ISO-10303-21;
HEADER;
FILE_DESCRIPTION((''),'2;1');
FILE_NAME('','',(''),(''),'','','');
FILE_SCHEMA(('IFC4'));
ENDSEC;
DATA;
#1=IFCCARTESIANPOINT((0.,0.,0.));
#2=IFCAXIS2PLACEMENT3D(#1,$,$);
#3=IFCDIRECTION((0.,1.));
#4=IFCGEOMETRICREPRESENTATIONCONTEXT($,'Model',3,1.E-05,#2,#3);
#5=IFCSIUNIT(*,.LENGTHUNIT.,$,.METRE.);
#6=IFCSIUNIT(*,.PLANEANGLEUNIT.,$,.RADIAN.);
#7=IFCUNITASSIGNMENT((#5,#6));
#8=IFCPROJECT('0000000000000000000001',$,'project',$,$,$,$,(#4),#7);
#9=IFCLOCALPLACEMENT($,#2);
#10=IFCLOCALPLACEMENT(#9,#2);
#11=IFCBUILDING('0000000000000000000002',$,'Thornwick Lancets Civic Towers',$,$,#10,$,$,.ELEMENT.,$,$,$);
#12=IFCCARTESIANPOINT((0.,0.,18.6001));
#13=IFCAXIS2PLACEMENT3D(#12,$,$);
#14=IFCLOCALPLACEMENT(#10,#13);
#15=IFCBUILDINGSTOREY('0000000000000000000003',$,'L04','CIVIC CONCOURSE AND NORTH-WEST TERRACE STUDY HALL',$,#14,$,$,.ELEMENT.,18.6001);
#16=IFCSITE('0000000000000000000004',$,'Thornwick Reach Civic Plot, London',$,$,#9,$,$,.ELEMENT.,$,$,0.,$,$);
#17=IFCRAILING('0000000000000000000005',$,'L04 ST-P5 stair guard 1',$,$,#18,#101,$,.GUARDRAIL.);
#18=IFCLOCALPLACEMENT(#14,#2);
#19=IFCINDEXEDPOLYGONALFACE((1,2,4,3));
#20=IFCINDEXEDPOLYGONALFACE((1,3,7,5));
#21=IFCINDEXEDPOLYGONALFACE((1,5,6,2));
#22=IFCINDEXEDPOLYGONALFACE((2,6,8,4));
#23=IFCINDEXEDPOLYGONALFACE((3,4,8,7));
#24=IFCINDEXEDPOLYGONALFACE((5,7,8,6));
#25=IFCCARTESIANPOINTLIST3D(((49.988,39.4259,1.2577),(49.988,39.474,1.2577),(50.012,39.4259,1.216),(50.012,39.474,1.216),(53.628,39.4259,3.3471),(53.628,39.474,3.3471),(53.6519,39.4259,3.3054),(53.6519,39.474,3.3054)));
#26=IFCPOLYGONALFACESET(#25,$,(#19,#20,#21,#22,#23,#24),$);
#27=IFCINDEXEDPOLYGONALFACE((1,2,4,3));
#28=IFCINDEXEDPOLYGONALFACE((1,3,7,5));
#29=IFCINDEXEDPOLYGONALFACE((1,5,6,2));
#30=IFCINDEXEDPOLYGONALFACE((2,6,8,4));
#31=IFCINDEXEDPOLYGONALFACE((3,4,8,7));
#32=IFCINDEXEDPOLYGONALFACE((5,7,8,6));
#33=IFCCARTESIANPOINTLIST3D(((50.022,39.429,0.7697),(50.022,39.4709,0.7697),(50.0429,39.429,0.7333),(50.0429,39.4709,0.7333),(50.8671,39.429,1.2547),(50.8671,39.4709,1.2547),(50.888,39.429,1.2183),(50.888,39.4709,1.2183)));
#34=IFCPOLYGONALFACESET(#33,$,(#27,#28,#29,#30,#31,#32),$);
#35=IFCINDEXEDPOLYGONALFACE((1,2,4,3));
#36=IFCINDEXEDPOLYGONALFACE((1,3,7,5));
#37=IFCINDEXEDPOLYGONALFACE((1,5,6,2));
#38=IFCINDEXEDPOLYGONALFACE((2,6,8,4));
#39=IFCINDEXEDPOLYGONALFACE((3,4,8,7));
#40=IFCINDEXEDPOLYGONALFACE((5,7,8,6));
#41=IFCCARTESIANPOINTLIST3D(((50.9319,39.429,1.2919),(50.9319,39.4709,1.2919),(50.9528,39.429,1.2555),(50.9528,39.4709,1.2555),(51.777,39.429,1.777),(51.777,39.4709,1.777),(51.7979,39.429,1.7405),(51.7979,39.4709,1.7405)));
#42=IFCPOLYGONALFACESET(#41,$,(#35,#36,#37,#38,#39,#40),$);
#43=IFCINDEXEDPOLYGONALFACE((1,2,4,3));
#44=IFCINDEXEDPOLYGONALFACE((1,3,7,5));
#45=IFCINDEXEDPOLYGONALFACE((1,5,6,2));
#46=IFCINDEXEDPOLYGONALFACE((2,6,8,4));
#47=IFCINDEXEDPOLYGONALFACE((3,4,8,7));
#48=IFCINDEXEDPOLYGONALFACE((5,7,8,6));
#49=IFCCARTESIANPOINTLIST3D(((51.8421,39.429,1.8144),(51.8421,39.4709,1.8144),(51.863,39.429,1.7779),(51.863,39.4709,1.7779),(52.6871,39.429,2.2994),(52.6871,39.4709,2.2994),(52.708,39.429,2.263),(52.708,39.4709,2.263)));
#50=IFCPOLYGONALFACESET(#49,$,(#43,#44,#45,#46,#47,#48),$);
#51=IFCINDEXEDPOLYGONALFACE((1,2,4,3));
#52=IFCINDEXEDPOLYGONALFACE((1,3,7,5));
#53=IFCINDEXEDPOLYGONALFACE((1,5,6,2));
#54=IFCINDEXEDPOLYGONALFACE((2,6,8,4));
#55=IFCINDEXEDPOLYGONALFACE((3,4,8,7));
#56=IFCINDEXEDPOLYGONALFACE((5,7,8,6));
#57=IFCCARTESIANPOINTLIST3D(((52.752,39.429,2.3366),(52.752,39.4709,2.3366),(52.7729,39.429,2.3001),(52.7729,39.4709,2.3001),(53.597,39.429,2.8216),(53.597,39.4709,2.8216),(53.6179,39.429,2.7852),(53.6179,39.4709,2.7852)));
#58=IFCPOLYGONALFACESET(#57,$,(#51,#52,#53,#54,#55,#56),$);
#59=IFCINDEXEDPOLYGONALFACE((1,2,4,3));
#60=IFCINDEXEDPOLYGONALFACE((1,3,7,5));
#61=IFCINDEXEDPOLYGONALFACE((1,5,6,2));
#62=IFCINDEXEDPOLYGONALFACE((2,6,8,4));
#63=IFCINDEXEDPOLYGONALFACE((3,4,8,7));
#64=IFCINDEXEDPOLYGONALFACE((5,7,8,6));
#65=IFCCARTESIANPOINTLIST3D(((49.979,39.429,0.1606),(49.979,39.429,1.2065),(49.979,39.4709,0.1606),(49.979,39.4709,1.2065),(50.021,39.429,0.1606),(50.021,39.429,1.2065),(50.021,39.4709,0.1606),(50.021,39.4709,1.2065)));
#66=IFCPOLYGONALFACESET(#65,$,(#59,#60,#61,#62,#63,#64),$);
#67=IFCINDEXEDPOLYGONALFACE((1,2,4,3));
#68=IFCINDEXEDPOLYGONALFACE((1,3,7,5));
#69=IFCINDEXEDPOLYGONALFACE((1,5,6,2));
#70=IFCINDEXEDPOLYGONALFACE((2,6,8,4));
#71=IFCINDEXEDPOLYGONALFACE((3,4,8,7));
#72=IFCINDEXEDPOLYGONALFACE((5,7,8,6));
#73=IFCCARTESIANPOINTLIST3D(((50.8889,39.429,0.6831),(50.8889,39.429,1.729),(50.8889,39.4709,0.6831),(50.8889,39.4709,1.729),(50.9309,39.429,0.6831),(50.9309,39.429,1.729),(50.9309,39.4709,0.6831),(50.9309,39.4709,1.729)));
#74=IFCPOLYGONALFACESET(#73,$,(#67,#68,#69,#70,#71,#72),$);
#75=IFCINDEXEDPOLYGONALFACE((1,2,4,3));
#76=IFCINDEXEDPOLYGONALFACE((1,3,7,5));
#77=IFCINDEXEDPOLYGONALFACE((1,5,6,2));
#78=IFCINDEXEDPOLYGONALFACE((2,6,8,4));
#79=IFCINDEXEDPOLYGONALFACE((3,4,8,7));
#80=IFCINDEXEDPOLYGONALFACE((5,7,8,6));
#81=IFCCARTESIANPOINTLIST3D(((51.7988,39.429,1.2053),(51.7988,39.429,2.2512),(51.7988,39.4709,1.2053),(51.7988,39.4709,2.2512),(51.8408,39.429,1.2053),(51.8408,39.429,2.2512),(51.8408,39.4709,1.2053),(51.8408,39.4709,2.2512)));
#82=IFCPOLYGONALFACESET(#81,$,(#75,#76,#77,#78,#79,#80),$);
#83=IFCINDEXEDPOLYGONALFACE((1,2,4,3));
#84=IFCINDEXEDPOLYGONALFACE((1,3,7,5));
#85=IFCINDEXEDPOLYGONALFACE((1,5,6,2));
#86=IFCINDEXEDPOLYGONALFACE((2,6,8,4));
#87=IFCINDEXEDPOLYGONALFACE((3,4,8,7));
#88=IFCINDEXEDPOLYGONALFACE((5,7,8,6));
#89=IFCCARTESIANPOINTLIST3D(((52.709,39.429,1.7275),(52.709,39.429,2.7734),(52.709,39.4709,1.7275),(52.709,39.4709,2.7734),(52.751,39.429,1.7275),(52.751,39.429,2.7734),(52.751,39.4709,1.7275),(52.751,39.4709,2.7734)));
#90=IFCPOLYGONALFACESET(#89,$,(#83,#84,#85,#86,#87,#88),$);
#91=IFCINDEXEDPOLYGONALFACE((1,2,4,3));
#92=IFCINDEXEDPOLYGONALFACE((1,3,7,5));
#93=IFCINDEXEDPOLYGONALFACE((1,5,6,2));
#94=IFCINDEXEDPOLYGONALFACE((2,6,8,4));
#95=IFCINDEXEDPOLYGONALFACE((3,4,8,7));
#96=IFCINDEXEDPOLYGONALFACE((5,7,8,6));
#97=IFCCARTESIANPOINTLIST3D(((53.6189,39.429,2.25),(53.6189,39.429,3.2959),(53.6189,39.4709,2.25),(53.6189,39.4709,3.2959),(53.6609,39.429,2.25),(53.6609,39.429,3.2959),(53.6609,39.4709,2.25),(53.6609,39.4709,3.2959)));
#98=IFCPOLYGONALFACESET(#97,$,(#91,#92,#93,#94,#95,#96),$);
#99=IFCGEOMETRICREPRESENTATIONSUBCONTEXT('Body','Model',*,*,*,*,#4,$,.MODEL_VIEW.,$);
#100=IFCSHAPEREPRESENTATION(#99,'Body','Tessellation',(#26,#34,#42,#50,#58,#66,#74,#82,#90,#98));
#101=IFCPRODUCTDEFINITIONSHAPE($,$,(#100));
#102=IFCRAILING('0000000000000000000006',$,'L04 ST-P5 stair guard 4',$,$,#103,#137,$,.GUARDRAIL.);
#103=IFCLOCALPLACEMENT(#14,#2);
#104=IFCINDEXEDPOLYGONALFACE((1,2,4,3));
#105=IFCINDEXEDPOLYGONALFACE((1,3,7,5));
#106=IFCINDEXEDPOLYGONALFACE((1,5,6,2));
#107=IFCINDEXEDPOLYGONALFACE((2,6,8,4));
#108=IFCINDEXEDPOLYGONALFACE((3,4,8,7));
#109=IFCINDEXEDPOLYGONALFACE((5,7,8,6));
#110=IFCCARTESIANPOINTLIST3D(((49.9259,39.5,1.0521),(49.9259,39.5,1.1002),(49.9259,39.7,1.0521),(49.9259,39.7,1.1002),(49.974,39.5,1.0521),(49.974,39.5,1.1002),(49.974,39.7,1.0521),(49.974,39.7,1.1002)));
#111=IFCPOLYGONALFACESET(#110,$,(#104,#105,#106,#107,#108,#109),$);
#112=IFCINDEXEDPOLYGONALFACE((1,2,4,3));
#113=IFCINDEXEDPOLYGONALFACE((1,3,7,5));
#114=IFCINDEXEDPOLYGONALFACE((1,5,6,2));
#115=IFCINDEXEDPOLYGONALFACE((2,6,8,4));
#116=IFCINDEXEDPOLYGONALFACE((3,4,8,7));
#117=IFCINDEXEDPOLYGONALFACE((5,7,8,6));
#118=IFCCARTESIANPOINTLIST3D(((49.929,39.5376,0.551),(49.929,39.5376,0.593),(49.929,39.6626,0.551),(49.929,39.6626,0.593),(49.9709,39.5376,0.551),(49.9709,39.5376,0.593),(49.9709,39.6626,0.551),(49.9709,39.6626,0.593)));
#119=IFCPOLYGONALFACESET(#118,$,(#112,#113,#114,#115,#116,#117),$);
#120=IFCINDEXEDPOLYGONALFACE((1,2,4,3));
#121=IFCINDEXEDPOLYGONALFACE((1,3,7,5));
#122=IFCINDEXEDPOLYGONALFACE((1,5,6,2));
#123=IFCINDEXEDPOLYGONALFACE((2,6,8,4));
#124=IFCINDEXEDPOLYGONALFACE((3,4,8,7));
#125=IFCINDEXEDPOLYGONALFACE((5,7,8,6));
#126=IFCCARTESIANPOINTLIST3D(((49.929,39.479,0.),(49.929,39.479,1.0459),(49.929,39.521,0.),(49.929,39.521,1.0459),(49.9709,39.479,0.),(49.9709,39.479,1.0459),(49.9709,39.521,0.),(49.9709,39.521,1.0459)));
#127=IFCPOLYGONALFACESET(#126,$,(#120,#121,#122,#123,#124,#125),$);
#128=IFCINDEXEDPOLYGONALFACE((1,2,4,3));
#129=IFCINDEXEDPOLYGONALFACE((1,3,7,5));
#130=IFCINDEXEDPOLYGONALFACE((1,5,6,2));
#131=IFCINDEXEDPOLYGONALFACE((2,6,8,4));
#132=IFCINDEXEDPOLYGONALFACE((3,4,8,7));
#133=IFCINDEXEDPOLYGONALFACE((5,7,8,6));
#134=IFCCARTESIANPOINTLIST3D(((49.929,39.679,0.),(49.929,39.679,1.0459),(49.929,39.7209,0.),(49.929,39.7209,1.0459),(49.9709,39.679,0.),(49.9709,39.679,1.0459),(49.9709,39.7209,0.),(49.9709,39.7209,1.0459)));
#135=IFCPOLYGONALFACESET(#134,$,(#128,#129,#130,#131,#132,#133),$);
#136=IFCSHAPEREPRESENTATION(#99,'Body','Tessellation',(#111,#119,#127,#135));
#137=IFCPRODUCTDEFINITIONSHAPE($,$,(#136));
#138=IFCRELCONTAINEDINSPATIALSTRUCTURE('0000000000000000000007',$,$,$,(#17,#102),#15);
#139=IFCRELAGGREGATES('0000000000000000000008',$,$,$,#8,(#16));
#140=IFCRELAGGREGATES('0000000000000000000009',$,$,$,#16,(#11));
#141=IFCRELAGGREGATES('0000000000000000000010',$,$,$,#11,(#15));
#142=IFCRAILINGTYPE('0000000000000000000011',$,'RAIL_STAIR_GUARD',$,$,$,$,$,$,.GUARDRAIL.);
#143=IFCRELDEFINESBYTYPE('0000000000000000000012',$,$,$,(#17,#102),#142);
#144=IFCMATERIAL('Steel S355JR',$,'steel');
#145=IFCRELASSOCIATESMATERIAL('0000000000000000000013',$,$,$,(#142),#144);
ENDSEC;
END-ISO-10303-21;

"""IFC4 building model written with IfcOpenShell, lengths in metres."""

from ifc_helpers import new_model, si_unit, direction, frame, origin, origin_2d, place, context, subcontext, project, spatial, rectangle, extrude, material, type_object, element, save


model = new_model("IFC4")

# Units and contexts
model_context = context("Model", 3, precision=1e-05, world=origin(), true_north=direction((0.0, 1.0)))
body_context = subcontext(model_context, "Body", "Model", "MODEL_VIEW")
ifc_project = project(units=[si_unit("LENGTHUNIT", "METRE"), si_unit("PLANEANGLEUNIT", "RADIAN")], contexts=[model_context])

# Site, building, storey
site_placement = place(None, origin())
site = spatial("IfcSite", under=ifc_project, at=site_placement, Name="Thornwick Reach Civic Plot, London", CompositionType="ELEMENT", RefElevation=0.0)
building_placement = place(site_placement, origin())
building = spatial("IfcBuilding", under=site, at=building_placement, Name="Thornwick Lancets Civic Towers", CompositionType="ELEMENT")
storey_placement = place(building_placement, frame((0.0, 0.0, 18.6001)))
storey = spatial("IfcBuildingStorey", under=building, at=storey_placement, Name="L04", Description="CIVIC CONCOURSE AND NORTH-WEST TERRACE STUDY HALL", CompositionType="ELEMENT", Elevation=18.6001)

# Shared definitions
ifc_material_1 = material(Name="Steel S355JR", Category="steel")

# Railings
railing_type_1 = type_object("IfcRailingType", Name="RAIL_STAIR_GUARD", PredefinedType="GUARDRAIL", material=ifc_material_1)
railing_1_placement = place(storey_placement, frame((50.0, 39.45, 0.1606)))
element("IfcRailing", 1, at=railing_1_placement, inside=storey, type_object=railing_type_1, Name="L04 ST-P5 stair guard 1", PredefinedType="GUARDRAIL", context=body_context, shape_type="SweptSolid", body=[
    extrude(rectangle(XDim=0.0481, YDim=0.0481, at=origin_2d()), frame((0.0, 0.0, 1.0762), z_axis=(0.867275, 0.0, 0.497829), x_axis=(0.0, 1.0, 0.0)), (0.0, 0.0, 1.0), 4.197),
    extrude(rectangle(XDim=0.042, YDim=0.042, at=origin_2d()), frame((0.0325, 0.0, 0.5908), z_axis=(0.867275, 0.0, 0.497829), x_axis=(0.0, 1.0, 0.0)), (0.0, 0.0, 1.0), 0.9744),
    extrude(rectangle(XDim=0.042, YDim=0.042, at=origin_2d()), frame((0.9424, 0.0, 1.113), z_axis=(0.867275, 0.0, 0.497829), x_axis=(0.0, 1.0, 0.0)), (0.0, 0.0, 1.0), 0.9744),
    extrude(rectangle(XDim=0.042, YDim=0.042, at=origin_2d()), frame((1.8525, 0.0, 1.6355), z_axis=(0.867275, 0.0, 0.497829), x_axis=(0.0, 1.0, 0.0)), (0.0, 0.0, 1.0), 0.9744),
    extrude(rectangle(XDim=0.042, YDim=0.042, at=origin_2d()), frame((2.7625, 0.0, 2.1577), z_axis=(0.867275, 0.0, 0.497829), x_axis=(0.0, 1.0, 0.0)), (0.0, 0.0, 1.0), 0.9744),
    extrude(rectangle(XDim=0.042, YDim=0.042, at=origin_2d()), origin(), (0.0, 0.0, 1.0), 1.0459),
    extrude(rectangle(XDim=0.042, YDim=0.042, at=origin_2d()), frame((0.9099, 0.0, 0.5225)), (0.0, 0.0, 1.0), 1.0459),
    extrude(rectangle(XDim=0.042, YDim=0.042, at=origin_2d()), frame((1.8198, 0.0, 1.0447)), (0.0, 0.0, 1.0), 1.0459),
    extrude(rectangle(XDim=0.042, YDim=0.042, at=origin_2d()), frame((2.73, 0.0, 1.5669)), (0.0, 0.0, 1.0), 1.0459),
    extrude(rectangle(XDim=0.042, YDim=0.042, at=origin_2d()), frame((3.6399, 0.0, 2.0894)), (0.0, 0.0, 1.0), 1.0459),
])
railing_2_placement = place(storey_placement, frame((49.95, 39.5, 0.0)))
element("IfcRailing", 2, at=railing_2_placement, inside=storey, type_object=railing_type_1, Name="L04 ST-P5 stair guard 4", PredefinedType="GUARDRAIL", context=body_context, shape_type="SweptSolid", body=[
    extrude(rectangle(XDim=0.0481, YDim=0.0481, at=origin_2d()), frame((0.0, 0.0, 1.0762), z_axis=(0.0, 1.0, 0.0), x_axis=(-1.0, 0.0, 0.0)), (0.0, 0.0, 1.0), 0.2),
    extrude(rectangle(XDim=0.042, YDim=0.042, at=origin_2d()), frame((0.0, 0.0376, 0.572), z_axis=(0.0, 1.0, 0.0), x_axis=(-1.0, 0.0, 0.0)), (0.0, 0.0, 1.0), 0.125),
    extrude(rectangle(XDim=0.042, YDim=0.042, at=origin_2d()), origin(), (0.0, 0.0, 1.0), 1.0459),
    extrude(rectangle(XDim=0.042, YDim=0.042, at=origin_2d()), frame((0.0, 0.2, 0.0)), (0.0, 0.0, 1.0), 1.0459),
])

save(model, "model.ifc")
